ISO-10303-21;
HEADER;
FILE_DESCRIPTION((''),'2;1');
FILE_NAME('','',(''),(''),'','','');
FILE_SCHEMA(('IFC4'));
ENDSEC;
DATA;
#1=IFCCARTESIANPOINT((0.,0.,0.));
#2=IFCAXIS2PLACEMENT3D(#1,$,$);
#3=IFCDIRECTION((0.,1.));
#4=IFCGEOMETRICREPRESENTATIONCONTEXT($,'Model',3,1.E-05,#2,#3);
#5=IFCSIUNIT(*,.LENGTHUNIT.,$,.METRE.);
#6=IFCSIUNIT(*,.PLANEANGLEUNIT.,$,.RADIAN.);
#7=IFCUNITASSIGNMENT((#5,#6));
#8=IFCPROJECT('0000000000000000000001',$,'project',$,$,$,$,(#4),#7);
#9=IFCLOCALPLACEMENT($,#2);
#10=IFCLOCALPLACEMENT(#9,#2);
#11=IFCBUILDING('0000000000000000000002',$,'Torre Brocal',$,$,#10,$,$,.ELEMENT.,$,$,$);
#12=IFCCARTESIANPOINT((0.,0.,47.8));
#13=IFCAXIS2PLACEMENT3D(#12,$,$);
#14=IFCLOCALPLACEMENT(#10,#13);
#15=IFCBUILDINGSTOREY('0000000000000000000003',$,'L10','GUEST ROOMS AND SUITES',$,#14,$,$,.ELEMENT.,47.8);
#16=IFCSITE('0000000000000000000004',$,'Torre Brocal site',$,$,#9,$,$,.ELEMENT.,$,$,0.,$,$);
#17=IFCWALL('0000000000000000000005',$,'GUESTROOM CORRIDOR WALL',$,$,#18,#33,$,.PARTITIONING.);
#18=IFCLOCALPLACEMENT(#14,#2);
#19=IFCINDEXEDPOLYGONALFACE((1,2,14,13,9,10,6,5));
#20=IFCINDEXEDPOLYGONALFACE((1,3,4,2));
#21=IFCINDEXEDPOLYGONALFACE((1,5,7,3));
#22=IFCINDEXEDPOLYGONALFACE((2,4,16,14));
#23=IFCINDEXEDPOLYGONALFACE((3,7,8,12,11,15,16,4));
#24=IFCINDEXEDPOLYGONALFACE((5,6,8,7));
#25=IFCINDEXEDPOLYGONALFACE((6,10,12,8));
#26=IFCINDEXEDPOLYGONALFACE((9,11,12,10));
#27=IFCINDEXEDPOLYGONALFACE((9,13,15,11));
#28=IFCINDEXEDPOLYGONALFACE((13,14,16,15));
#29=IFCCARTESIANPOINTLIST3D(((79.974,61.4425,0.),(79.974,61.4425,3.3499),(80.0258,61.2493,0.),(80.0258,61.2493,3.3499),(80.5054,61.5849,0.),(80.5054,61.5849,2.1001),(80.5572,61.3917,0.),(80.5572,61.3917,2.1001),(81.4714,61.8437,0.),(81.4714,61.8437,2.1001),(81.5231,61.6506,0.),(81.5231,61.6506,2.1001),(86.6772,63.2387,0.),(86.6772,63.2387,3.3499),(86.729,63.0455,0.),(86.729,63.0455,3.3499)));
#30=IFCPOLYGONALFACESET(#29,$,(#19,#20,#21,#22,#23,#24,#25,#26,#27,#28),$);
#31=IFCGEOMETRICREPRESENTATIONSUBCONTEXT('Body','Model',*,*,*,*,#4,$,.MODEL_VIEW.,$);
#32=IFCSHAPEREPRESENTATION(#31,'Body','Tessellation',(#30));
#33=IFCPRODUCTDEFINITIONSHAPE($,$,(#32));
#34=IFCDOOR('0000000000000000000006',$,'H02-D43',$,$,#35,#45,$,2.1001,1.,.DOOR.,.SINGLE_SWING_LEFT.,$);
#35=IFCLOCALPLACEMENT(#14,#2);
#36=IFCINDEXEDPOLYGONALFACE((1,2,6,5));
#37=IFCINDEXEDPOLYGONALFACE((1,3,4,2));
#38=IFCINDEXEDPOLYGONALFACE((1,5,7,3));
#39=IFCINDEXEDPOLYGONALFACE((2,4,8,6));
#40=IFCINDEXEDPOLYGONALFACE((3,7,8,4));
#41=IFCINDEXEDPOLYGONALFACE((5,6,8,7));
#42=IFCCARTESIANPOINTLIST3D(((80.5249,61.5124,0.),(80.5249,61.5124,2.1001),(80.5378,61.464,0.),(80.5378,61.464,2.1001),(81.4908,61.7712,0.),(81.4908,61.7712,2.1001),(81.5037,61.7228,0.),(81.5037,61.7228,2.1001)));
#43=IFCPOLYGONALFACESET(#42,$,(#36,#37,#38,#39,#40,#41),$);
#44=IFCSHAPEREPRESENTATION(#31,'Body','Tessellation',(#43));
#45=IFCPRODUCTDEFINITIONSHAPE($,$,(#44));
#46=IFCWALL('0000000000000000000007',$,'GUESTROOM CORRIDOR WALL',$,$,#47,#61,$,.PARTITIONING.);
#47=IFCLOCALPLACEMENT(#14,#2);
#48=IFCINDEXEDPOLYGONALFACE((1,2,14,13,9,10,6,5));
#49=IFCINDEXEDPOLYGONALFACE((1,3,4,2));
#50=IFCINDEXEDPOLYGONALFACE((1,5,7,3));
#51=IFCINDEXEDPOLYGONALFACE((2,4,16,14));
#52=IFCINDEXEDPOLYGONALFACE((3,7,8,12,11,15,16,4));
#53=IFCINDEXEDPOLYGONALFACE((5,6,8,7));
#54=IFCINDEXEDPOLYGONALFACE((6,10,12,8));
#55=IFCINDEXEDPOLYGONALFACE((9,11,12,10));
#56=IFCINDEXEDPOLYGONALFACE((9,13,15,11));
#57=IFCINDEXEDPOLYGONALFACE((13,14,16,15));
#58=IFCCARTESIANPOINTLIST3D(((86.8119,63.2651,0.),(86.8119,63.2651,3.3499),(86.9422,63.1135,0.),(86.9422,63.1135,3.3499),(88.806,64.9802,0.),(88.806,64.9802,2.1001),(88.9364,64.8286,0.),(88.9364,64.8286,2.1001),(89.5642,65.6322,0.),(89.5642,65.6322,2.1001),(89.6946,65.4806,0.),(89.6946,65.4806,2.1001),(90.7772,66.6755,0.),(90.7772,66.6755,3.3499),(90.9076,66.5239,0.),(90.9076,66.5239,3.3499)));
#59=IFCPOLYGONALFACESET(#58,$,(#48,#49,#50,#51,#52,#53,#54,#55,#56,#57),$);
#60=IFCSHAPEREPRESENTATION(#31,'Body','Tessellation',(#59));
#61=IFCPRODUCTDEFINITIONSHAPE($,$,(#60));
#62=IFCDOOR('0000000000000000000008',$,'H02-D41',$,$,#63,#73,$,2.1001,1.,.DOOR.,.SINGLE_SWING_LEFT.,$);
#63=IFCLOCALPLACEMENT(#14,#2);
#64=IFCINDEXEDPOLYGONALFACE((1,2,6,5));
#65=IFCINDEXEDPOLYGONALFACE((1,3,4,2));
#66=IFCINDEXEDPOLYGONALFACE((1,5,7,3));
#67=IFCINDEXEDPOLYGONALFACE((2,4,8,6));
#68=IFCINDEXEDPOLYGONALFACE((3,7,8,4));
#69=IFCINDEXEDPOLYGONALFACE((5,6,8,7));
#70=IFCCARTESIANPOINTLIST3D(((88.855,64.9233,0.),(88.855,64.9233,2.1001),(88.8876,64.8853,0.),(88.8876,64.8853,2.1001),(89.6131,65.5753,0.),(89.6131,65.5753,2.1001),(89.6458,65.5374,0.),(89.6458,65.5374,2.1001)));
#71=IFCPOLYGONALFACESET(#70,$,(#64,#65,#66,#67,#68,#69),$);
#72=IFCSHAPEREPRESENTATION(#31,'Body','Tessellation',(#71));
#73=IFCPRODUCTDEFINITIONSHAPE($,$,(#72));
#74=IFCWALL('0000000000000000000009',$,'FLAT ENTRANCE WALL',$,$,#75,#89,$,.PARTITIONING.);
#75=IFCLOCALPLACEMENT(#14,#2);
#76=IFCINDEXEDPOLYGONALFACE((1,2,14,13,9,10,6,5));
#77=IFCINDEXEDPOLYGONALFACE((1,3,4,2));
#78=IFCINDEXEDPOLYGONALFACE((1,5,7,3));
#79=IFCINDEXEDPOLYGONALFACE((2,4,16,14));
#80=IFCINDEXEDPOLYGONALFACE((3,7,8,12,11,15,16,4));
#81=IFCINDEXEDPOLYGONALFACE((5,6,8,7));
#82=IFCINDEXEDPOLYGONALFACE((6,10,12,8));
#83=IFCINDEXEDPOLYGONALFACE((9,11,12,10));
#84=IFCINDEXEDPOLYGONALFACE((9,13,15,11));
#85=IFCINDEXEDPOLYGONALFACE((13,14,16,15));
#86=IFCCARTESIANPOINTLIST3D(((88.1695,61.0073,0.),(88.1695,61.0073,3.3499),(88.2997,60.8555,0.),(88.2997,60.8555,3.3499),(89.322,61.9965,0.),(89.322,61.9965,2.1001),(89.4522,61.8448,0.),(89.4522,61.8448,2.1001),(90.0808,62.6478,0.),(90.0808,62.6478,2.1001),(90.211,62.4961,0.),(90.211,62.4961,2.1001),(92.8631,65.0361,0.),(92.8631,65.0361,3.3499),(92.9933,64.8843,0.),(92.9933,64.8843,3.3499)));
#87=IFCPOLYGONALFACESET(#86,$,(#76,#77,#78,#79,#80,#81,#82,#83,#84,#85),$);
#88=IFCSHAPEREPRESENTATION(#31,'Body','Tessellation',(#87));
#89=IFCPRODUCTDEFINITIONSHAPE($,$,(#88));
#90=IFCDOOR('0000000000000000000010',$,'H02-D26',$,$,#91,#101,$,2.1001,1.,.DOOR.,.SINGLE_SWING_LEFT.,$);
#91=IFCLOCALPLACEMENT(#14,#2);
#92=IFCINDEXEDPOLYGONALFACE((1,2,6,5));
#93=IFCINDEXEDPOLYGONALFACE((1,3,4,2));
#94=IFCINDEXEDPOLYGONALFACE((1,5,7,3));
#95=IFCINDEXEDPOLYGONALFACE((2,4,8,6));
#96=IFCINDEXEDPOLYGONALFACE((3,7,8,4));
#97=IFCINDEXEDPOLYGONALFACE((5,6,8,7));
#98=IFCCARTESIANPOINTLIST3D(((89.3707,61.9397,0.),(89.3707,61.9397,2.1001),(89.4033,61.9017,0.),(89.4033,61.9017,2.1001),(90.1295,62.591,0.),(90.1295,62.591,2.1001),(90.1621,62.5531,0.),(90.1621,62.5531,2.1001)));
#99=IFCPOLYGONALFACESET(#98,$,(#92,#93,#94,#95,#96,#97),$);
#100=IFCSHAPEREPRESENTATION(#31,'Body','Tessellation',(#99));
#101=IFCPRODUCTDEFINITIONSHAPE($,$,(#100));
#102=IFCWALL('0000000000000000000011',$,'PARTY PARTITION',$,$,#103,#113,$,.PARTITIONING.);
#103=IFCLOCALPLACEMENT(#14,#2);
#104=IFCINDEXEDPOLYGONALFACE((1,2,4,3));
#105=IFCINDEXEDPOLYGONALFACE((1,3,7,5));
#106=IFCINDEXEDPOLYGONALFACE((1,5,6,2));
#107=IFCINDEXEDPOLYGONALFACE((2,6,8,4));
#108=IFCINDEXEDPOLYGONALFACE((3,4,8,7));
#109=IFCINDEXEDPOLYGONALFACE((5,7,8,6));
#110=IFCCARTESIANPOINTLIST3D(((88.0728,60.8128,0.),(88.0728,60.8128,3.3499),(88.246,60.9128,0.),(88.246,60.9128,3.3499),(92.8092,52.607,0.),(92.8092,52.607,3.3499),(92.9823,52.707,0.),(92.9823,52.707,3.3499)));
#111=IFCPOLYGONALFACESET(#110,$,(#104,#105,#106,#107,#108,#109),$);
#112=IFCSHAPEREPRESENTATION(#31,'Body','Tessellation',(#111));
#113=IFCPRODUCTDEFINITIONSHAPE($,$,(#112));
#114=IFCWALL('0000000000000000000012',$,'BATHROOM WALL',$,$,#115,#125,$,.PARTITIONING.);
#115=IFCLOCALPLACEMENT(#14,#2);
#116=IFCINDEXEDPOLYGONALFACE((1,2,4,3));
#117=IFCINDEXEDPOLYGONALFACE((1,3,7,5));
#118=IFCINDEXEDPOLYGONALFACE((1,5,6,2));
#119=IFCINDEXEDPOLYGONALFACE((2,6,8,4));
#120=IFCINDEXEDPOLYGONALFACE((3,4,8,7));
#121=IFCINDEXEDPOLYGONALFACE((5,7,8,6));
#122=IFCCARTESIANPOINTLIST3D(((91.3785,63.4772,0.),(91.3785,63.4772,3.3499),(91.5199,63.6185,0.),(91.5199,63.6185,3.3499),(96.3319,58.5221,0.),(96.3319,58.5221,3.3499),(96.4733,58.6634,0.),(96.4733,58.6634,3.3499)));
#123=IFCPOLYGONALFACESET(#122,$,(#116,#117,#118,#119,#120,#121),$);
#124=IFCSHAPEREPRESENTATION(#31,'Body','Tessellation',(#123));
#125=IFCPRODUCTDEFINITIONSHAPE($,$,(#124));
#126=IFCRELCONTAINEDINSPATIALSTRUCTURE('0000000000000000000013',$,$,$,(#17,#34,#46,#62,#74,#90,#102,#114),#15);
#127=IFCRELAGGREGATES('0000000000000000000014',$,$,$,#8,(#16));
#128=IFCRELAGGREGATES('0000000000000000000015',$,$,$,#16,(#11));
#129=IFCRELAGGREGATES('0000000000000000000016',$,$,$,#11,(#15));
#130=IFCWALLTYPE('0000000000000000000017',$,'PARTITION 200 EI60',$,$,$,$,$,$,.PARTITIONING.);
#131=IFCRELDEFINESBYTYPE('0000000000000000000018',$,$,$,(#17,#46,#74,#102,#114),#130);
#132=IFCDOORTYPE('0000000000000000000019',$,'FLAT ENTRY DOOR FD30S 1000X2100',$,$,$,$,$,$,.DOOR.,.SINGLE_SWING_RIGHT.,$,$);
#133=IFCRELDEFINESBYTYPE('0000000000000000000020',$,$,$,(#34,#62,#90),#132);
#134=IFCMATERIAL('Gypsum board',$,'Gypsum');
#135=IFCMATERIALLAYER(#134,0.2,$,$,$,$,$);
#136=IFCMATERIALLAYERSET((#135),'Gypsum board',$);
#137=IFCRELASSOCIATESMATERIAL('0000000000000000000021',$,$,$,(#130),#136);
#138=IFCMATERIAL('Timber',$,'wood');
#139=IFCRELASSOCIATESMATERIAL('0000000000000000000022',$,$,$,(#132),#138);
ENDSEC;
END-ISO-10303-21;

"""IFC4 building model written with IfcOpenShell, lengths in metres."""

from ifc_helpers import new_model, si_unit, direction, frame, frame_2d, origin, place, context, subcontext, project, spatial, rectangle, extrude, material, layer, layer_set, type_object, element, fill, save


model = new_model("IFC4")

# Units and contexts
model_context = context("Model", 3, precision=1e-05, world=origin(), true_north=direction((0.0, 1.0)))
body_context = subcontext(model_context, "Body", "Model", "MODEL_VIEW")
ifc_project = project(units=[si_unit("LENGTHUNIT", "METRE"), si_unit("PLANEANGLEUNIT", "RADIAN")], contexts=[model_context])

# Site, building, storey
site_placement = place(None, origin())
site = spatial("IfcSite", under=ifc_project, at=site_placement, Name="Torre Brocal site", CompositionType="ELEMENT", RefElevation=0.0)
building_placement = place(site_placement, origin())
building = spatial("IfcBuilding", under=site, at=building_placement, Name="Torre Brocal", CompositionType="ELEMENT")
storey_placement = place(building_placement, frame((0.0, 0.0, 47.8)))
storey = spatial("IfcBuildingStorey", under=building, at=storey_placement, Name="L10", Description="GUEST ROOMS AND SUITES", CompositionType="ELEMENT", Elevation=47.8)

# Shared definitions
ifc_material_1 = material(Name="Gypsum board", Category="Gypsum")
ifc_layer_1 = layer(ifc_material_1, 0.2)
ifc_layer_set_1 = layer_set([ifc_layer_1], Name="Gypsum board")
wall_type_1 = type_object("IfcWallType", Name="PARTITION 200 EI60", PredefinedType="PARTITIONING", material=ifc_layer_set_1)

# Walls, openings, doors
wall_1_placement = place(storey_placement, frame((80.0, 61.3459, 0.0), z_axis=(0.0, 0.0, 1.0), x_axis=(0.965924, 0.258825, 0.0)))
wall_1 = element("IfcWall", 1, at=wall_1_placement, inside=storey, type_object=wall_type_1, Name="GUESTROOM CORRIDOR WALL", PredefinedType="PARTITIONING", context=body_context, shape_type="SweptSolid", body=[
    extrude(rectangle(XDim=6.9397, YDim=0.2, at=frame_2d((3.4697, 0.0))), origin(), (0.0, 0.0, 1.0), 3.3499),
])
opening_1_placement = place(wall_1_placement, frame((0.55, 0.0, 0.0)))
opening_1 = element("IfcOpeningElement", 2, at=opening_1_placement, cuts=wall_1, PredefinedType="OPENING", context=body_context, shape_type="SweptSolid", body=[
    extrude(rectangle(XDim=1.0, YDim=2.1001, at=frame_2d((0.5, 1.05))), frame((0.0, 0.1099, 0.0), z_axis=(0.0, -1.0, 0.0), x_axis=(1.0, 0.0, 0.0)), (0.0, 0.0, 1.0), 0.22),
])
ifc_material_2 = material(Name="Timber", Category="wood")
door_type_1 = type_object("IfcDoorType", Name="FLAT ENTRY DOOR FD30S 1000X2100", OperationType="SINGLE_SWING_RIGHT", PredefinedType="DOOR", material=ifc_material_2)
door_1_placement = place(opening_1_placement, origin())
door_1 = element("IfcDoor", 3, at=door_1_placement, inside=storey, type_object=door_type_1, Name="H02-D43", OperationType="SINGLE_SWING_LEFT", OverallHeight=2.1001, OverallWidth=1.0, PredefinedType="DOOR", context=body_context, shape_type="SweptSolid", body=[
    extrude(rectangle(XDim=1.0, YDim=2.1001, at=frame_2d((0.5, 1.05))), frame((0.0, 0.0249, 0.0), z_axis=(0.0, -1.0, 0.0), x_axis=(1.0, 0.0, 0.0)), (0.0, 0.0, 1.0), 0.05),
])
fill(opening_1, door_1)
wall_2_placement = place(storey_placement, frame((86.877, 63.1892, 0.0), z_axis=(0.0, 0.0, 1.0), x_axis=(0.758165, 0.652063, 0.0)))
wall_2 = element("IfcWall", 4, at=wall_2_placement, inside=storey, type_object=wall_type_1, Name="GUESTROOM CORRIDOR WALL", PredefinedType="PARTITIONING", context=body_context, shape_type="SweptSolid", body=[
    extrude(rectangle(XDim=5.2302, YDim=0.2, at=frame_2d((2.6152, 0.0))), origin(), (0.0, 0.0, 1.0), 3.3499),
])
opening_2_placement = place(wall_2_placement, frame((2.6304, 0.0, 0.0)))
opening_2 = element("IfcOpeningElement", 5, at=opening_2_placement, cuts=wall_2, PredefinedType="OPENING", context=body_context, shape_type="SweptSolid", body=[
    extrude(rectangle(XDim=1.0, YDim=2.1001, at=frame_2d((0.5, 1.05))), frame((0.0, 0.1099, 0.0), z_axis=(0.0, -1.0, 0.0), x_axis=(1.0, 0.0, 0.0)), (0.0, 0.0, 1.0), 0.22),
])
door_2_placement = place(opening_2_placement, origin())
door_2 = element("IfcDoor", 6, at=door_2_placement, inside=storey, type_object=door_type_1, Name="H02-D41", OperationType="SINGLE_SWING_LEFT", OverallHeight=2.1001, OverallWidth=1.0, PredefinedType="DOOR", context=body_context, shape_type="SweptSolid", body=[
    extrude(rectangle(XDim=1.0, YDim=2.1001, at=frame_2d((0.5, 1.05))), frame((0.0, 0.0249, 0.0), z_axis=(0.0, -1.0, 0.0), x_axis=(1.0, 0.0, 0.0)), (0.0, 0.0, 1.0), 0.05),
])
fill(opening_2, door_2)
wall_3_placement = place(storey_placement, frame((88.2346, 60.9314, 0.0), z_axis=(0.0, 0.0, 1.0), x_axis=(0.758799, 0.651324, 0.0)))
wall_3 = element("IfcWall", 7, at=wall_3_placement, inside=storey, type_object=wall_type_1, Name="FLAT ENTRANCE WALL", PredefinedType="PARTITIONING", context=body_context, shape_type="SweptSolid", body=[
    extrude(rectangle(XDim=6.1855, YDim=0.2, at=frame_2d((3.0928, 0.0))), origin(), (0.0, 0.0, 1.0), 3.3499),
])
opening_3_placement = place(wall_3_placement, frame((1.5188, 0.0, 0.0)))
opening_3 = element("IfcOpeningElement", 8, at=opening_3_placement, cuts=wall_3, PredefinedType="OPENING", context=body_context, shape_type="SweptSolid", body=[
    extrude(rectangle(XDim=1.0, YDim=2.1001, at=frame_2d((0.5, 1.05))), frame((0.0, 0.1099, 0.0), z_axis=(0.0, -1.0, 0.0), x_axis=(1.0, 0.0, 0.0)), (0.0, 0.0, 1.0), 0.22),
])
door_3_placement = place(opening_3_placement, frame((1.0, 0.0, 0.0), z_axis=(0.0, 0.0, 1.0), x_axis=(-1.0, 0.0, 0.0)))
door_3 = element("IfcDoor", 9, at=door_3_placement, inside=storey, type_object=door_type_1, Name="H02-D26", OperationType="SINGLE_SWING_LEFT", OverallHeight=2.1001, OverallWidth=1.0, PredefinedType="DOOR", context=body_context, shape_type="SweptSolid", body=[
    extrude(rectangle(XDim=1.0, YDim=2.1001, at=frame_2d((0.5, 1.05))), frame((0.0, 0.0249, 0.0), z_axis=(0.0, -1.0, 0.0), x_axis=(1.0, 0.0, 0.0)), (0.0, 0.0, 1.0), 0.05),
])
fill(opening_3, door_3)

# Walls
wall_4_placement = place(storey_placement, frame((88.1594, 60.8628, 0.0), z_axis=(0.0, 0.0, 1.0), x_axis=(0.499897, -0.866085, 0.0)))
element("IfcWall", 10, at=wall_4_placement, inside=storey, type_object=wall_type_1, Name="PARTY PARTITION", PredefinedType="PARTITIONING", context=body_context, shape_type="SweptSolid", body=[
    extrude(rectangle(XDim=9.4746, YDim=0.2, at=frame_2d((4.7373, 0.0))), origin(), (0.0, 0.0, 1.0), 3.3499),
])
wall_5_placement = place(storey_placement, frame((91.4492, 63.5479, 0.0), z_axis=(0.0, 0.0, 1.0), x_axis=(0.706985, -0.707229, 0.0)))
element("IfcWall", 11, at=wall_5_placement, inside=storey, type_object=wall_type_1, Name="BATHROOM WALL", PredefinedType="PARTITIONING", context=body_context, shape_type="SweptSolid", body=[
    extrude(rectangle(XDim=7.0063, YDim=0.2, at=frame_2d((3.5032, 0.0))), origin(), (0.0, 0.0, 1.0), 3.3499),
])

save(model, "model.ifc")
